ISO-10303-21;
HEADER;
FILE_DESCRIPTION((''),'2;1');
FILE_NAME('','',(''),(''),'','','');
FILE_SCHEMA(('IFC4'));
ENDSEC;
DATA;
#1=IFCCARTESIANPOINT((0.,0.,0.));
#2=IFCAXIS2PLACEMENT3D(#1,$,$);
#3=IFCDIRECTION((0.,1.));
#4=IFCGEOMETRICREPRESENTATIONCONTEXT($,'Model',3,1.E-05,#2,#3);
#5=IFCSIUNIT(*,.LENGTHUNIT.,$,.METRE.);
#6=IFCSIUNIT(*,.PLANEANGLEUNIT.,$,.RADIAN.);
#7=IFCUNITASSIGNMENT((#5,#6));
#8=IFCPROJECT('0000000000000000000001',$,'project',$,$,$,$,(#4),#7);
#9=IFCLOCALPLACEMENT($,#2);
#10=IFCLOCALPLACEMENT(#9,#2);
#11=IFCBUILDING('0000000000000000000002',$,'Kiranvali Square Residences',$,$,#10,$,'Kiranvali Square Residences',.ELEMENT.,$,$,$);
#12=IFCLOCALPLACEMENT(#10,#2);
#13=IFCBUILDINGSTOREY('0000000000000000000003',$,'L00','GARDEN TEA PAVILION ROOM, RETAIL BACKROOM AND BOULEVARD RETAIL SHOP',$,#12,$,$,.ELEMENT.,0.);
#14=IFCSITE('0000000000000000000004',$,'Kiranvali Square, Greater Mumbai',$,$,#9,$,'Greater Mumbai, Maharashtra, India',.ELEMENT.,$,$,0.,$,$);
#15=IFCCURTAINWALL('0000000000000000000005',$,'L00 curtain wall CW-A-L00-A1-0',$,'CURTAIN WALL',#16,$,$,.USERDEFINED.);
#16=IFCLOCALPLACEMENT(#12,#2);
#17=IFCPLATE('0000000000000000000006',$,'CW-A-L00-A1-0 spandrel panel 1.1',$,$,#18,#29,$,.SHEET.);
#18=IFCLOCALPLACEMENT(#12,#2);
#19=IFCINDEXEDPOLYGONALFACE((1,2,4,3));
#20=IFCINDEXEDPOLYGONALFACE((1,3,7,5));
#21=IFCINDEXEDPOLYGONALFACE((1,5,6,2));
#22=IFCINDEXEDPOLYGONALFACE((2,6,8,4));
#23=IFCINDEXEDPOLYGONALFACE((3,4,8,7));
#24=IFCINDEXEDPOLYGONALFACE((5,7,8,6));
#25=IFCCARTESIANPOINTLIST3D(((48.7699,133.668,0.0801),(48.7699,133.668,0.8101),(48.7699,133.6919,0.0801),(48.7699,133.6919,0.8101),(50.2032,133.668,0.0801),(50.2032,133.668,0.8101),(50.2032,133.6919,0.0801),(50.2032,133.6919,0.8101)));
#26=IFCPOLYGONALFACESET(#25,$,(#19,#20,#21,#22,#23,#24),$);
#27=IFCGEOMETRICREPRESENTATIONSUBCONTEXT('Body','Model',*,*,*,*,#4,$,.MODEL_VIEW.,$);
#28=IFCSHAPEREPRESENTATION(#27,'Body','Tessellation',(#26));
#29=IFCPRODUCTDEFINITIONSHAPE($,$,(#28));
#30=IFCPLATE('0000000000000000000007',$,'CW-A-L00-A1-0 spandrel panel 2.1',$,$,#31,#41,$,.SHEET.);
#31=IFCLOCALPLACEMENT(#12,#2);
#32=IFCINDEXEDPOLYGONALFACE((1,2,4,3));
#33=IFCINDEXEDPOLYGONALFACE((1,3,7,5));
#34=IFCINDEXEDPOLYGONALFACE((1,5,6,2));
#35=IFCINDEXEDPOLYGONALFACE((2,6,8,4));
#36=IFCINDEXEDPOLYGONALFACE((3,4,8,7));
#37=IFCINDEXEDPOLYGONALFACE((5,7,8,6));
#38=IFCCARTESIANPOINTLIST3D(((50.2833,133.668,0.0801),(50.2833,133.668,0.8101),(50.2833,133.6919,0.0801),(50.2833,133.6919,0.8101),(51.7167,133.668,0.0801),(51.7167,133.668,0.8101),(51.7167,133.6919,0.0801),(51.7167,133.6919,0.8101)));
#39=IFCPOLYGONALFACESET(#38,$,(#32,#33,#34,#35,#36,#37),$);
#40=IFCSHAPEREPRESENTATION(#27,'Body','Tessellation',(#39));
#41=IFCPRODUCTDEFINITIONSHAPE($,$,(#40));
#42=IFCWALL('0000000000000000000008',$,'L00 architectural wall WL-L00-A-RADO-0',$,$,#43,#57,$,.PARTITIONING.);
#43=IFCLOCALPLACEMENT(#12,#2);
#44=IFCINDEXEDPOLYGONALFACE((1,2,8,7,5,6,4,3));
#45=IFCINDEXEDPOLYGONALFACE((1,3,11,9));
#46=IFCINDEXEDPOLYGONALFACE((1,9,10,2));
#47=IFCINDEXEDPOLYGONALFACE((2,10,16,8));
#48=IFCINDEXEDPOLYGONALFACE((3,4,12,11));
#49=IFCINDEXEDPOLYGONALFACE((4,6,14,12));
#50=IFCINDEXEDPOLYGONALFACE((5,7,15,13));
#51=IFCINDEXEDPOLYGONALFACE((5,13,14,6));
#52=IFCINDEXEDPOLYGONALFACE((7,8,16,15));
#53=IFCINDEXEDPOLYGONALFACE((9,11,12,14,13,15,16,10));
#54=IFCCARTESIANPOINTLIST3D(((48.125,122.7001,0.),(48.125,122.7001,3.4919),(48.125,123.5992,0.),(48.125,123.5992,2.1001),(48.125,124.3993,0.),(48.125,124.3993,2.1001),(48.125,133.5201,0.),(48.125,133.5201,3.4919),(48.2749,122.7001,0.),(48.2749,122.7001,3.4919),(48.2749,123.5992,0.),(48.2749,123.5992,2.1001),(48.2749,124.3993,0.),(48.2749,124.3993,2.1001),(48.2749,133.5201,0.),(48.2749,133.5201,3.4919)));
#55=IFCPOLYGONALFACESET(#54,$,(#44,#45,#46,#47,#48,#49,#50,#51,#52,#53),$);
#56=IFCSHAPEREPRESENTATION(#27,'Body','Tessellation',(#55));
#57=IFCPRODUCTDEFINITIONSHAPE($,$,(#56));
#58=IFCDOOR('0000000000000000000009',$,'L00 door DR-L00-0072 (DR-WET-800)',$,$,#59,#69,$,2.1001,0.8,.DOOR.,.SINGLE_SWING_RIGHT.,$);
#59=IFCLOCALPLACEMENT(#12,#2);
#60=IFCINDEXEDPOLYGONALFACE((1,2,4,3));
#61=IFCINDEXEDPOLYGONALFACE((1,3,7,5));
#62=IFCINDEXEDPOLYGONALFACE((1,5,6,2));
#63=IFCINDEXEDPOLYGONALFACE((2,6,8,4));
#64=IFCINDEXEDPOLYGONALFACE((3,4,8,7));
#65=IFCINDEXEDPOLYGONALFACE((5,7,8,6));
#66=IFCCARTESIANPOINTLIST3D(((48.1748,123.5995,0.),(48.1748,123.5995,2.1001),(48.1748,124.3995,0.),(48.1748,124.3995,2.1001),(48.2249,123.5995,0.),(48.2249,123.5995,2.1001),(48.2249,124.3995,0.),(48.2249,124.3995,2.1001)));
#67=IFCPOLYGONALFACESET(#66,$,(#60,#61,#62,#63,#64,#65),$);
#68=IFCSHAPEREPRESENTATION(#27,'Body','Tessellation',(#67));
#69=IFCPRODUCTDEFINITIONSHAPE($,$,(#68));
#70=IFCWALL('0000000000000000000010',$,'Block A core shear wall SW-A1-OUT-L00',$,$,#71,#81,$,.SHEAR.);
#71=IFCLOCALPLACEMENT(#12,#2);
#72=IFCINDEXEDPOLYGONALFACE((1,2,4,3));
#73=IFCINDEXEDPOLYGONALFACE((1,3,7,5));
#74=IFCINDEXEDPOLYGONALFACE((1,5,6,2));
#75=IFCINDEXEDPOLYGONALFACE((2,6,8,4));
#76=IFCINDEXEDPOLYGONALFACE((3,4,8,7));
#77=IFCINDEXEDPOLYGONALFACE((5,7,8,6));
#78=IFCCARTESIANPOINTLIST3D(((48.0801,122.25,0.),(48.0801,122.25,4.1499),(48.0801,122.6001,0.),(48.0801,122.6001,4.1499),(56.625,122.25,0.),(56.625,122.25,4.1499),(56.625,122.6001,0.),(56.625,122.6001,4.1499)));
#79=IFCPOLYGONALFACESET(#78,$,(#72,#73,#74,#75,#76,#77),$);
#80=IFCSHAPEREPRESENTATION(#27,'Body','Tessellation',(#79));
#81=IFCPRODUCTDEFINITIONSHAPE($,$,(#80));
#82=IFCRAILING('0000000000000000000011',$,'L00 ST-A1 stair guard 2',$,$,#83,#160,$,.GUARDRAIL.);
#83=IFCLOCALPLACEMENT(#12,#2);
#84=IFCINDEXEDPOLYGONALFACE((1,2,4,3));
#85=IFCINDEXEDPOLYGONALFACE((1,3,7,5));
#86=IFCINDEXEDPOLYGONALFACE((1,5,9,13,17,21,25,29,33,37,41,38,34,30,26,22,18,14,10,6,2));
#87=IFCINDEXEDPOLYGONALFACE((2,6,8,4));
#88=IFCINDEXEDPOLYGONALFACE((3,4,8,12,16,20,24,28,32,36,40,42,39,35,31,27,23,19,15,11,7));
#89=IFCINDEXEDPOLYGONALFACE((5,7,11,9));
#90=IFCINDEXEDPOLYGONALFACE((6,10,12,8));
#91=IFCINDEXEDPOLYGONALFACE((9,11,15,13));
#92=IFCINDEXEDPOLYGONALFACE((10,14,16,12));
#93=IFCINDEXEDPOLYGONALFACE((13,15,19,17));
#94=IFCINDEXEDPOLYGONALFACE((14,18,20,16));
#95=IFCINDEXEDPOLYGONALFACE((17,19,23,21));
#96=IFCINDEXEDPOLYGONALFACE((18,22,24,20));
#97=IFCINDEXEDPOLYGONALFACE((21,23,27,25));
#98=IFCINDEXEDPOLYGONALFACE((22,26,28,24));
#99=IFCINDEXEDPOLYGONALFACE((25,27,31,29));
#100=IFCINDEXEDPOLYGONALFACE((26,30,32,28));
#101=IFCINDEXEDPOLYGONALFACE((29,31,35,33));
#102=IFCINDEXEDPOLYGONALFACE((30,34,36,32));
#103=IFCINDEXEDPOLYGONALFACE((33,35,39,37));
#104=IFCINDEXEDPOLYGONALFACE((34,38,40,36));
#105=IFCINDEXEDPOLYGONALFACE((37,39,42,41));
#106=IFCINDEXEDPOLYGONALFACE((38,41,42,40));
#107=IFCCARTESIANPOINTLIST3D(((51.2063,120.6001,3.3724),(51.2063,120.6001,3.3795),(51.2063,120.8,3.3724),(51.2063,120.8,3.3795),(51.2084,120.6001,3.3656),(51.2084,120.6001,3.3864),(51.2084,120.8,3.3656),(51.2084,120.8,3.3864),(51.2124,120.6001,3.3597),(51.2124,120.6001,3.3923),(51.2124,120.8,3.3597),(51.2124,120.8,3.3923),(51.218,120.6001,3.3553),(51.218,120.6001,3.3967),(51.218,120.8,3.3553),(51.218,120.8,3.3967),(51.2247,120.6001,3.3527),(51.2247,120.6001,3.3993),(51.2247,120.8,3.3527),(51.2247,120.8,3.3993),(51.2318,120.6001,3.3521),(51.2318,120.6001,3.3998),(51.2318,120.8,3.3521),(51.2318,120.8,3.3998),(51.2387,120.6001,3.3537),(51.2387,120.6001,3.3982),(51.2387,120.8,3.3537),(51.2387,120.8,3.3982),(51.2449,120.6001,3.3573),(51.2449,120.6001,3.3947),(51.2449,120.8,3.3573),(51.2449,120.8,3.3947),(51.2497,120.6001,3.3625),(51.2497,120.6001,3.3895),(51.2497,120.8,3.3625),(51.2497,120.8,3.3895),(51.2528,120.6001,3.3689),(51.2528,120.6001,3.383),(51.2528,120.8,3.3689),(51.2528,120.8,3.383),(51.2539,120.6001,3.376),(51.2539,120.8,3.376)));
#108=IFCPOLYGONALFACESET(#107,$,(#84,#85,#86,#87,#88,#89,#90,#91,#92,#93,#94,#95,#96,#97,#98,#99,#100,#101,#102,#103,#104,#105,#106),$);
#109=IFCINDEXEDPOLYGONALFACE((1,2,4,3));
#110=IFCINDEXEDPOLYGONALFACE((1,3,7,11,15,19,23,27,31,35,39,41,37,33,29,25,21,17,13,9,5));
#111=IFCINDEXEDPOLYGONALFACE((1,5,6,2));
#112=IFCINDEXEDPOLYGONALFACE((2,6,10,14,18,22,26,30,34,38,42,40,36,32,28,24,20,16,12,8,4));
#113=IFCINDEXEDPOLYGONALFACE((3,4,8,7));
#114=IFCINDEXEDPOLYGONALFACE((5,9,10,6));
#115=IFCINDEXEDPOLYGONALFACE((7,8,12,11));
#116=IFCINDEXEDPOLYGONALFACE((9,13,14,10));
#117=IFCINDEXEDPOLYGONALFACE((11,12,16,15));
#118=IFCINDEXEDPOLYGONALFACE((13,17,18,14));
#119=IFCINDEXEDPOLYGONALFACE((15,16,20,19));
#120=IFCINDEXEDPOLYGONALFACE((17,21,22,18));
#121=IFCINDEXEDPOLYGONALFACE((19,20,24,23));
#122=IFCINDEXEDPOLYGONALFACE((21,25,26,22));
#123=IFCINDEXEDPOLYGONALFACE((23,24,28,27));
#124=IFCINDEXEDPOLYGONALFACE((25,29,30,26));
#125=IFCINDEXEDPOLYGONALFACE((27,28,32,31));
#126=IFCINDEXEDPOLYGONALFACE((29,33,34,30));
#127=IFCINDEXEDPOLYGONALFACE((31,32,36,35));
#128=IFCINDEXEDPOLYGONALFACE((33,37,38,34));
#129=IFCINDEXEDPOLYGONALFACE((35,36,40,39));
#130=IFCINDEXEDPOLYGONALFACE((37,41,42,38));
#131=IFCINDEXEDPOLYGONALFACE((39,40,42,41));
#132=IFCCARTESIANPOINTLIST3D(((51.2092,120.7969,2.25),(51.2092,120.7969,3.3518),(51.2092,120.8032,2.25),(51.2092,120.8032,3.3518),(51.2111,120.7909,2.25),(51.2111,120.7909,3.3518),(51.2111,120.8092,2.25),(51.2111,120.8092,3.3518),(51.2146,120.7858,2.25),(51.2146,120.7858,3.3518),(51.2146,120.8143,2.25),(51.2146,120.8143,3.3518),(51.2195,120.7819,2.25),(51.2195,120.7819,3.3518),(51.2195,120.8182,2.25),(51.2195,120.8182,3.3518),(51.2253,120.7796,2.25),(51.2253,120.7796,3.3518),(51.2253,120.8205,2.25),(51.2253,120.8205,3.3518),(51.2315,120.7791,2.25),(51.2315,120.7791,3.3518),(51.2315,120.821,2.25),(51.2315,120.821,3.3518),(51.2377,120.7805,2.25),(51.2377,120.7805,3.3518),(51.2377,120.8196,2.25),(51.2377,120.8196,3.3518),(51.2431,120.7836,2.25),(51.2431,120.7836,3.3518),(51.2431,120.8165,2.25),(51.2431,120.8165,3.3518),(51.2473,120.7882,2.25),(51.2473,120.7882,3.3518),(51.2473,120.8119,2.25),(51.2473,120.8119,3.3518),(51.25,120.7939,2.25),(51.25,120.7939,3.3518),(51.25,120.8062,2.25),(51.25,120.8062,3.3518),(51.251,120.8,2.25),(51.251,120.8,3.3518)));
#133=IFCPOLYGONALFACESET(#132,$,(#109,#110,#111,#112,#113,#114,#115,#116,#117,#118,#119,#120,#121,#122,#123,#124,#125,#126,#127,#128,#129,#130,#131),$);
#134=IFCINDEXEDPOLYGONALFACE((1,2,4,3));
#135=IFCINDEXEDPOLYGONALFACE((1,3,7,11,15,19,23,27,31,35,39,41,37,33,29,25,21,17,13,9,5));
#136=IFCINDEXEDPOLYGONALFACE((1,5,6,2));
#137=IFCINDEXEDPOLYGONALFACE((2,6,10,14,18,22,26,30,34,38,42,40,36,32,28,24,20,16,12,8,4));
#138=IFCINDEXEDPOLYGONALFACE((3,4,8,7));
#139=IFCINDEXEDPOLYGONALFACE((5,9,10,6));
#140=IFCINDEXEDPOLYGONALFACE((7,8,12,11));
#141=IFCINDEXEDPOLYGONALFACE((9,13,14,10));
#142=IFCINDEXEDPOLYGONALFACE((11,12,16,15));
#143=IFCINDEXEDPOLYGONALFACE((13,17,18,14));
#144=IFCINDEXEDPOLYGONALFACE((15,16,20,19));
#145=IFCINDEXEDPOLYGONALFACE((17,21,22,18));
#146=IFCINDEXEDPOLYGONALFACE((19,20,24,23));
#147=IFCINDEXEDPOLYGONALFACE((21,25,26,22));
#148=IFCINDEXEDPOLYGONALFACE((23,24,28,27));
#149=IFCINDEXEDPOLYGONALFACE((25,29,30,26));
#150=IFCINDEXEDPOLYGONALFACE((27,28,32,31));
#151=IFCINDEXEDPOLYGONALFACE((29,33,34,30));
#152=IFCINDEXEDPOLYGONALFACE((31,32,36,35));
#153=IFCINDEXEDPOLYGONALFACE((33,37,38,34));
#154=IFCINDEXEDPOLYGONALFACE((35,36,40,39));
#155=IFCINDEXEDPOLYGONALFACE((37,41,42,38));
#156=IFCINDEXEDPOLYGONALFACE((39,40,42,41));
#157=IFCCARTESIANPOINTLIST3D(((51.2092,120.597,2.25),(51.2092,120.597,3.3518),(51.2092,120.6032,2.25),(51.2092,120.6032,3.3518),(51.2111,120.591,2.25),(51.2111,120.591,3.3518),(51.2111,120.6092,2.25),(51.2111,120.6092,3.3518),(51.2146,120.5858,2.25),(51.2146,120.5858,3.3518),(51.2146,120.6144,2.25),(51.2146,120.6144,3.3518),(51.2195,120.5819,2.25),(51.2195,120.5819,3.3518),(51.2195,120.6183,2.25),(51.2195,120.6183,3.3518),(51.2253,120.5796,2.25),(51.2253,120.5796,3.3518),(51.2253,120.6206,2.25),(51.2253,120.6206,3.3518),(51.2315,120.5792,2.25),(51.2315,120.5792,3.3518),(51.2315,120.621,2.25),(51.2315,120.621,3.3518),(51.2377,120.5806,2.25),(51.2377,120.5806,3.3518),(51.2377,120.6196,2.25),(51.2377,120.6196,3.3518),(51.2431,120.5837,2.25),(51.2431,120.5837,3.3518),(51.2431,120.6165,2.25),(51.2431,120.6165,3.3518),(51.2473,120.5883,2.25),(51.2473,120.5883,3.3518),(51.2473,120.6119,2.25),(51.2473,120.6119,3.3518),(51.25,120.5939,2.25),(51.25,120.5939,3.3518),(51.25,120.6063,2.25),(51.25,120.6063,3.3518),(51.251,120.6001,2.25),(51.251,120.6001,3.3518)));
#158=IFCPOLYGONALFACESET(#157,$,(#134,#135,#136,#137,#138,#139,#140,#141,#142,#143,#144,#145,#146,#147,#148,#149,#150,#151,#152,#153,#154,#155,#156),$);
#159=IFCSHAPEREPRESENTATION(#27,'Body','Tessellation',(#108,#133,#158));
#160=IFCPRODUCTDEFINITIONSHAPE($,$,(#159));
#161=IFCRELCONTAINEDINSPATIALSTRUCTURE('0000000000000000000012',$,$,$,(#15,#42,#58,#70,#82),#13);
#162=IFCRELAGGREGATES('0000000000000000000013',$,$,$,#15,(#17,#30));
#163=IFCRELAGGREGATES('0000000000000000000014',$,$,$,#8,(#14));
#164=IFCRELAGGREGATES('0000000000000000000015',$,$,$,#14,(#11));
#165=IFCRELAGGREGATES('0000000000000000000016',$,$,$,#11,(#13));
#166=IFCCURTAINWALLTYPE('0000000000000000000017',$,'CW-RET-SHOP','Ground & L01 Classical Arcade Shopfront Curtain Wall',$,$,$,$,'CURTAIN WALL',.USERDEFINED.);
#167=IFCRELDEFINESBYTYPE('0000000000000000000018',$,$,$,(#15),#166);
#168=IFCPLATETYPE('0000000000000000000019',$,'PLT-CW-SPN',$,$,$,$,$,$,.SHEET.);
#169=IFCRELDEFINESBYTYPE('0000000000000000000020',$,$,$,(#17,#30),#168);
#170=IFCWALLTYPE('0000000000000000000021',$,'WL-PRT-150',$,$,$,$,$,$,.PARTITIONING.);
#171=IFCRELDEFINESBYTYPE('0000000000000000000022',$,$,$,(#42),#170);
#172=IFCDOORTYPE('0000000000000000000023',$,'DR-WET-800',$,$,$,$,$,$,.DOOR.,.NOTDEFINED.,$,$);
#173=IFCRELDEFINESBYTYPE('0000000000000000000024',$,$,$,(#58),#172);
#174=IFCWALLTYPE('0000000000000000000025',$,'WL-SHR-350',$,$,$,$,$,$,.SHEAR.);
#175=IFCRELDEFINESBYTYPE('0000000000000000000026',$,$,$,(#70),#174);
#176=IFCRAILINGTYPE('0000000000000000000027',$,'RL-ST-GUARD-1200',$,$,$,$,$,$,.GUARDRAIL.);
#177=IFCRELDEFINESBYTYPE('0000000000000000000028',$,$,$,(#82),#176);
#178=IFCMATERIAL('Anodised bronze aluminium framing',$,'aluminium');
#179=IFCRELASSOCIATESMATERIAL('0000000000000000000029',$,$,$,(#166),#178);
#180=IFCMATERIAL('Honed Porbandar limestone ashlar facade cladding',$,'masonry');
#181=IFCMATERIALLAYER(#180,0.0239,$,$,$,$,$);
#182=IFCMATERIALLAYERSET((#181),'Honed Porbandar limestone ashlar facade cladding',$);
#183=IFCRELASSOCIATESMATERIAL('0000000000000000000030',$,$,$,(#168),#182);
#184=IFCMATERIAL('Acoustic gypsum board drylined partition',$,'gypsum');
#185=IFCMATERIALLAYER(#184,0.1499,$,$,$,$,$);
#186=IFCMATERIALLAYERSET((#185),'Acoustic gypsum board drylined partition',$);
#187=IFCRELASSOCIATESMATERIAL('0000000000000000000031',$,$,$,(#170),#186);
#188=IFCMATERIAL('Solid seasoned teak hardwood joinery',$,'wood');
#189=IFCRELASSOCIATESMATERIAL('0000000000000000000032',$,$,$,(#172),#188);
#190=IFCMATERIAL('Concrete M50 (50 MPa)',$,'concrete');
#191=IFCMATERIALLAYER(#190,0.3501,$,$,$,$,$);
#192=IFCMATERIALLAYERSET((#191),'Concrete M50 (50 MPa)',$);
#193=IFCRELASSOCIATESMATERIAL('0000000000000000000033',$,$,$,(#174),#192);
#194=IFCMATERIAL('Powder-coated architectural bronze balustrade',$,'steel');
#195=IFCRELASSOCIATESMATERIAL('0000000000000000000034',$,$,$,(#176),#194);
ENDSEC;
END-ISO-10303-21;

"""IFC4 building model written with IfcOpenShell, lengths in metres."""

from ifc_helpers import new_model, si_unit, direction, frame, frame_2d, origin, origin_2d, place, context, subcontext, project, spatial, rectangle, circle, extrude, material, layer, layer_set, type_object, element, fill, aggregate, save


model = new_model("IFC4")

# Units and contexts
model_context = context("Model", 3, precision=1e-05, world=origin(), true_north=direction((0.0, 1.0)))
body_context = subcontext(model_context, "Body", "Model", "MODEL_VIEW")
ifc_project = project(units=[si_unit("LENGTHUNIT", "METRE"), si_unit("PLANEANGLEUNIT", "RADIAN")], contexts=[model_context])

# Site, building, storey
site_placement = place(None, origin())
site = spatial("IfcSite", under=ifc_project, at=site_placement, Name="Kiranvali Square, Greater Mumbai", LongName="Greater Mumbai, Maharashtra, India", CompositionType="ELEMENT", RefElevation=0.0)
building_placement = place(site_placement, origin())
building = spatial("IfcBuilding", under=site, at=building_placement, Name="Kiranvali Square Residences", LongName="Kiranvali Square Residences", CompositionType="ELEMENT")
storey_placement = place(building_placement, origin())
storey = spatial("IfcBuildingStorey", under=building, at=storey_placement, Name="L00", Description="GARDEN TEA PAVILION ROOM, RETAIL BACKROOM AND BOULEVARD RETAIL SHOP", CompositionType="ELEMENT", Elevation=0.0)

# Shared definitions
ifc_material_1 = material(Name="Concrete M50 (50 MPa)", Category="concrete")

# Shared definitions
ifc_material_2 = material(Name="Anodised bronze aluminium framing", Category="aluminium")
curtain_wall_type = type_object("IfcCurtainWallType", Name="CW-RET-SHOP", Description="Ground & L01 Classical Arcade Shopfront Curtain Wall", ElementType="CURTAIN WALL", PredefinedType="USERDEFINED", material=ifc_material_2)

# Curtain wall
curtain_wall_1_placement = place(storey_placement, origin())
curtain_wall_1 = element("IfcCurtainWall", 1, at=curtain_wall_1_placement, inside=storey, type_object=curtain_wall_type, Name="L00 curtain wall CW-A-L00-A1-0", ObjectType="CURTAIN WALL", PredefinedType="USERDEFINED")

# Plates
ifc_material_3 = material(Name="Honed Porbandar limestone ashlar facade cladding", Category="masonry")
ifc_layer_1 = layer(ifc_material_3, 0.0239)
ifc_layer_set_1 = layer_set([ifc_layer_1], Name="Honed Porbandar limestone ashlar facade cladding")
plate_type_1 = type_object("IfcPlateType", Name="PLT-CW-SPN", PredefinedType="SHEET", material=ifc_layer_set_1)
plate_1_placement = place(storey_placement, frame((49.4866, 133.6799, 0.0801), z_axis=(0.0, 0.0, 1.0), x_axis=(1.0, 0.0, 0.0)))
plate_1 = element("IfcPlate", 2, at=plate_1_placement, type_object=plate_type_1, Name="CW-A-L00-A1-0 spandrel panel 1.1", PredefinedType="SHEET", context=body_context, shape_type="SweptSolid", body=[
    extrude(rectangle(XDim=1.4333, YDim=0.0239, at=origin_2d()), origin(), (0.0, 0.0, 1.0), 0.73),
])
plate_2_placement = place(storey_placement, frame((51.0, 133.6799, 0.0801), z_axis=(0.0, 0.0, 1.0), x_axis=(1.0, 0.0, 0.0)))
plate_2 = element("IfcPlate", 3, at=plate_2_placement, type_object=plate_type_1, Name="CW-A-L00-A1-0 spandrel panel 2.1", PredefinedType="SHEET", context=body_context, shape_type="SweptSolid", body=[
    extrude(rectangle(XDim=1.4333, YDim=0.0239, at=origin_2d()), origin(), (0.0, 0.0, 1.0), 0.73),
])
aggregate(curtain_wall_1, [plate_1, plate_2])

# Wall, opening, door
ifc_material_4 = material(Name="Acoustic gypsum board drylined partition", Category="gypsum")
ifc_layer_2 = layer(ifc_material_4, 0.1499)
ifc_layer_set_2 = layer_set([ifc_layer_2], Name="Acoustic gypsum board drylined partition")
wall_type_1 = type_object("IfcWallType", Name="WL-PRT-150", PredefinedType="PARTITIONING", material=ifc_layer_set_2)
wall_1_placement = place(storey_placement, frame((48.2, 122.7, 0.0), z_axis=(0.0, 0.0, 1.0), x_axis=(0.0, 1.0, 0.0)))
wall_1 = element("IfcWall", 4, at=wall_1_placement, inside=storey, type_object=wall_type_1, Name="L00 architectural wall WL-L00-A-RADO-0", PredefinedType="PARTITIONING", context=body_context, shape_type="SweptSolid", body=[
    extrude(rectangle(XDim=10.8201, YDim=0.1499, at=frame_2d((5.4102, 0.0))), origin(), (0.0, 0.0, 1.0), 3.4919),
])
opening_placement = place(wall_1_placement, frame((0.8994, 0.0, 0.0)))
opening = element("IfcOpeningElement", 5, at=opening_placement, cuts=wall_1, PredefinedType="OPENING", context=body_context, shape_type="SweptSolid", body=[
    extrude(rectangle(XDim=0.8, YDim=2.1001, at=frame_2d((0.3999, 1.05))), frame((0.0, 0.085, 0.0), z_axis=(0.0, -1.0, 0.0), x_axis=(1.0, 0.0, 0.0)), (0.0, 0.0, 1.0), 0.1699),
])
ifc_material_5 = material(Name="Solid seasoned teak hardwood joinery", Category="wood")
door_type = type_object("IfcDoorType", Name="DR-WET-800", OperationType="NOTDEFINED", PredefinedType="DOOR", material=ifc_material_5)
door_placement = place(opening_placement, frame((0.8, 0.0, 0.0), z_axis=(0.0, 0.0, 1.0), x_axis=(-1.0, 0.0, 0.0)))
door = element("IfcDoor", 6, at=door_placement, inside=storey, type_object=door_type, Name="L00 door DR-L00-0072 (DR-WET-800)", OperationType="SINGLE_SWING_RIGHT", OverallHeight=2.1001, OverallWidth=0.8, PredefinedType="DOOR", context=body_context, shape_type="SweptSolid", body=[
    extrude(rectangle(XDim=0.8, YDim=2.1001, at=frame_2d((0.3999, 1.05))), frame((0.0, 0.0249, 0.0), z_axis=(0.0, -1.0, 0.0), x_axis=(1.0, 0.0, 0.0)), (0.0, 0.0, 1.0), 0.05),
])
fill(opening, door)

# Wall
ifc_layer_3 = layer(ifc_material_1, 0.3501)
ifc_layer_set_3 = layer_set([ifc_layer_3], Name="Concrete M50 (50 MPa)")
wall_type_2 = type_object("IfcWallType", Name="WL-SHR-350", PredefinedType="SHEAR", material=ifc_layer_set_3)
wall_2_placement = place(storey_placement, frame((48.0801, 122.425, 0.0), z_axis=(0.0, 0.0, 1.0), x_axis=(1.0, 0.0, 0.0)))
element("IfcWall", 7, at=wall_2_placement, inside=storey, type_object=wall_type_2, Name="Block A core shear wall SW-A1-OUT-L00", PredefinedType="SHEAR", context=body_context, shape_type="SweptSolid", body=[
    extrude(rectangle(XDim=8.5449, YDim=0.3501, at=frame_2d((4.2725, 0.0))), origin(), (0.0, 0.0, 1.0), 4.1499),
])

# Railing
ifc_material_6 = material(Name="Powder-coated architectural bronze balustrade", Category="steel")
railing_type = type_object("IfcRailingType", Name="RL-ST-GUARD-1200", PredefinedType="GUARDRAIL", material=ifc_material_6)
railing_1_placement = place(storey_placement, frame((51.23, 120.8, 2.25)))
element("IfcRailing", 8, at=railing_1_placement, inside=storey, type_object=railing_type, Name="L00 ST-A1 stair guard 2", PredefinedType="GUARDRAIL", context=body_context, shape_type="SweptSolid", body=[
    extrude(circle(Radius=0.0239, at=origin_2d()), frame((0.0, 0.0, 1.126), z_axis=(0.0, -1.0, 0.0), x_axis=(1.0, 0.0, 0.0)), (0.0, 0.0, 1.0), 0.2),
    extrude(circle(Radius=0.021, at=origin_2d()), origin(), (0.0, 0.0, 1.0), 1.1018),
    extrude(circle(Radius=0.021, at=origin_2d()), frame((0.0, -0.2, 0.0)), (0.0, 0.0, 1.0), 1.1018),
])

save(model, "model.ifc")
